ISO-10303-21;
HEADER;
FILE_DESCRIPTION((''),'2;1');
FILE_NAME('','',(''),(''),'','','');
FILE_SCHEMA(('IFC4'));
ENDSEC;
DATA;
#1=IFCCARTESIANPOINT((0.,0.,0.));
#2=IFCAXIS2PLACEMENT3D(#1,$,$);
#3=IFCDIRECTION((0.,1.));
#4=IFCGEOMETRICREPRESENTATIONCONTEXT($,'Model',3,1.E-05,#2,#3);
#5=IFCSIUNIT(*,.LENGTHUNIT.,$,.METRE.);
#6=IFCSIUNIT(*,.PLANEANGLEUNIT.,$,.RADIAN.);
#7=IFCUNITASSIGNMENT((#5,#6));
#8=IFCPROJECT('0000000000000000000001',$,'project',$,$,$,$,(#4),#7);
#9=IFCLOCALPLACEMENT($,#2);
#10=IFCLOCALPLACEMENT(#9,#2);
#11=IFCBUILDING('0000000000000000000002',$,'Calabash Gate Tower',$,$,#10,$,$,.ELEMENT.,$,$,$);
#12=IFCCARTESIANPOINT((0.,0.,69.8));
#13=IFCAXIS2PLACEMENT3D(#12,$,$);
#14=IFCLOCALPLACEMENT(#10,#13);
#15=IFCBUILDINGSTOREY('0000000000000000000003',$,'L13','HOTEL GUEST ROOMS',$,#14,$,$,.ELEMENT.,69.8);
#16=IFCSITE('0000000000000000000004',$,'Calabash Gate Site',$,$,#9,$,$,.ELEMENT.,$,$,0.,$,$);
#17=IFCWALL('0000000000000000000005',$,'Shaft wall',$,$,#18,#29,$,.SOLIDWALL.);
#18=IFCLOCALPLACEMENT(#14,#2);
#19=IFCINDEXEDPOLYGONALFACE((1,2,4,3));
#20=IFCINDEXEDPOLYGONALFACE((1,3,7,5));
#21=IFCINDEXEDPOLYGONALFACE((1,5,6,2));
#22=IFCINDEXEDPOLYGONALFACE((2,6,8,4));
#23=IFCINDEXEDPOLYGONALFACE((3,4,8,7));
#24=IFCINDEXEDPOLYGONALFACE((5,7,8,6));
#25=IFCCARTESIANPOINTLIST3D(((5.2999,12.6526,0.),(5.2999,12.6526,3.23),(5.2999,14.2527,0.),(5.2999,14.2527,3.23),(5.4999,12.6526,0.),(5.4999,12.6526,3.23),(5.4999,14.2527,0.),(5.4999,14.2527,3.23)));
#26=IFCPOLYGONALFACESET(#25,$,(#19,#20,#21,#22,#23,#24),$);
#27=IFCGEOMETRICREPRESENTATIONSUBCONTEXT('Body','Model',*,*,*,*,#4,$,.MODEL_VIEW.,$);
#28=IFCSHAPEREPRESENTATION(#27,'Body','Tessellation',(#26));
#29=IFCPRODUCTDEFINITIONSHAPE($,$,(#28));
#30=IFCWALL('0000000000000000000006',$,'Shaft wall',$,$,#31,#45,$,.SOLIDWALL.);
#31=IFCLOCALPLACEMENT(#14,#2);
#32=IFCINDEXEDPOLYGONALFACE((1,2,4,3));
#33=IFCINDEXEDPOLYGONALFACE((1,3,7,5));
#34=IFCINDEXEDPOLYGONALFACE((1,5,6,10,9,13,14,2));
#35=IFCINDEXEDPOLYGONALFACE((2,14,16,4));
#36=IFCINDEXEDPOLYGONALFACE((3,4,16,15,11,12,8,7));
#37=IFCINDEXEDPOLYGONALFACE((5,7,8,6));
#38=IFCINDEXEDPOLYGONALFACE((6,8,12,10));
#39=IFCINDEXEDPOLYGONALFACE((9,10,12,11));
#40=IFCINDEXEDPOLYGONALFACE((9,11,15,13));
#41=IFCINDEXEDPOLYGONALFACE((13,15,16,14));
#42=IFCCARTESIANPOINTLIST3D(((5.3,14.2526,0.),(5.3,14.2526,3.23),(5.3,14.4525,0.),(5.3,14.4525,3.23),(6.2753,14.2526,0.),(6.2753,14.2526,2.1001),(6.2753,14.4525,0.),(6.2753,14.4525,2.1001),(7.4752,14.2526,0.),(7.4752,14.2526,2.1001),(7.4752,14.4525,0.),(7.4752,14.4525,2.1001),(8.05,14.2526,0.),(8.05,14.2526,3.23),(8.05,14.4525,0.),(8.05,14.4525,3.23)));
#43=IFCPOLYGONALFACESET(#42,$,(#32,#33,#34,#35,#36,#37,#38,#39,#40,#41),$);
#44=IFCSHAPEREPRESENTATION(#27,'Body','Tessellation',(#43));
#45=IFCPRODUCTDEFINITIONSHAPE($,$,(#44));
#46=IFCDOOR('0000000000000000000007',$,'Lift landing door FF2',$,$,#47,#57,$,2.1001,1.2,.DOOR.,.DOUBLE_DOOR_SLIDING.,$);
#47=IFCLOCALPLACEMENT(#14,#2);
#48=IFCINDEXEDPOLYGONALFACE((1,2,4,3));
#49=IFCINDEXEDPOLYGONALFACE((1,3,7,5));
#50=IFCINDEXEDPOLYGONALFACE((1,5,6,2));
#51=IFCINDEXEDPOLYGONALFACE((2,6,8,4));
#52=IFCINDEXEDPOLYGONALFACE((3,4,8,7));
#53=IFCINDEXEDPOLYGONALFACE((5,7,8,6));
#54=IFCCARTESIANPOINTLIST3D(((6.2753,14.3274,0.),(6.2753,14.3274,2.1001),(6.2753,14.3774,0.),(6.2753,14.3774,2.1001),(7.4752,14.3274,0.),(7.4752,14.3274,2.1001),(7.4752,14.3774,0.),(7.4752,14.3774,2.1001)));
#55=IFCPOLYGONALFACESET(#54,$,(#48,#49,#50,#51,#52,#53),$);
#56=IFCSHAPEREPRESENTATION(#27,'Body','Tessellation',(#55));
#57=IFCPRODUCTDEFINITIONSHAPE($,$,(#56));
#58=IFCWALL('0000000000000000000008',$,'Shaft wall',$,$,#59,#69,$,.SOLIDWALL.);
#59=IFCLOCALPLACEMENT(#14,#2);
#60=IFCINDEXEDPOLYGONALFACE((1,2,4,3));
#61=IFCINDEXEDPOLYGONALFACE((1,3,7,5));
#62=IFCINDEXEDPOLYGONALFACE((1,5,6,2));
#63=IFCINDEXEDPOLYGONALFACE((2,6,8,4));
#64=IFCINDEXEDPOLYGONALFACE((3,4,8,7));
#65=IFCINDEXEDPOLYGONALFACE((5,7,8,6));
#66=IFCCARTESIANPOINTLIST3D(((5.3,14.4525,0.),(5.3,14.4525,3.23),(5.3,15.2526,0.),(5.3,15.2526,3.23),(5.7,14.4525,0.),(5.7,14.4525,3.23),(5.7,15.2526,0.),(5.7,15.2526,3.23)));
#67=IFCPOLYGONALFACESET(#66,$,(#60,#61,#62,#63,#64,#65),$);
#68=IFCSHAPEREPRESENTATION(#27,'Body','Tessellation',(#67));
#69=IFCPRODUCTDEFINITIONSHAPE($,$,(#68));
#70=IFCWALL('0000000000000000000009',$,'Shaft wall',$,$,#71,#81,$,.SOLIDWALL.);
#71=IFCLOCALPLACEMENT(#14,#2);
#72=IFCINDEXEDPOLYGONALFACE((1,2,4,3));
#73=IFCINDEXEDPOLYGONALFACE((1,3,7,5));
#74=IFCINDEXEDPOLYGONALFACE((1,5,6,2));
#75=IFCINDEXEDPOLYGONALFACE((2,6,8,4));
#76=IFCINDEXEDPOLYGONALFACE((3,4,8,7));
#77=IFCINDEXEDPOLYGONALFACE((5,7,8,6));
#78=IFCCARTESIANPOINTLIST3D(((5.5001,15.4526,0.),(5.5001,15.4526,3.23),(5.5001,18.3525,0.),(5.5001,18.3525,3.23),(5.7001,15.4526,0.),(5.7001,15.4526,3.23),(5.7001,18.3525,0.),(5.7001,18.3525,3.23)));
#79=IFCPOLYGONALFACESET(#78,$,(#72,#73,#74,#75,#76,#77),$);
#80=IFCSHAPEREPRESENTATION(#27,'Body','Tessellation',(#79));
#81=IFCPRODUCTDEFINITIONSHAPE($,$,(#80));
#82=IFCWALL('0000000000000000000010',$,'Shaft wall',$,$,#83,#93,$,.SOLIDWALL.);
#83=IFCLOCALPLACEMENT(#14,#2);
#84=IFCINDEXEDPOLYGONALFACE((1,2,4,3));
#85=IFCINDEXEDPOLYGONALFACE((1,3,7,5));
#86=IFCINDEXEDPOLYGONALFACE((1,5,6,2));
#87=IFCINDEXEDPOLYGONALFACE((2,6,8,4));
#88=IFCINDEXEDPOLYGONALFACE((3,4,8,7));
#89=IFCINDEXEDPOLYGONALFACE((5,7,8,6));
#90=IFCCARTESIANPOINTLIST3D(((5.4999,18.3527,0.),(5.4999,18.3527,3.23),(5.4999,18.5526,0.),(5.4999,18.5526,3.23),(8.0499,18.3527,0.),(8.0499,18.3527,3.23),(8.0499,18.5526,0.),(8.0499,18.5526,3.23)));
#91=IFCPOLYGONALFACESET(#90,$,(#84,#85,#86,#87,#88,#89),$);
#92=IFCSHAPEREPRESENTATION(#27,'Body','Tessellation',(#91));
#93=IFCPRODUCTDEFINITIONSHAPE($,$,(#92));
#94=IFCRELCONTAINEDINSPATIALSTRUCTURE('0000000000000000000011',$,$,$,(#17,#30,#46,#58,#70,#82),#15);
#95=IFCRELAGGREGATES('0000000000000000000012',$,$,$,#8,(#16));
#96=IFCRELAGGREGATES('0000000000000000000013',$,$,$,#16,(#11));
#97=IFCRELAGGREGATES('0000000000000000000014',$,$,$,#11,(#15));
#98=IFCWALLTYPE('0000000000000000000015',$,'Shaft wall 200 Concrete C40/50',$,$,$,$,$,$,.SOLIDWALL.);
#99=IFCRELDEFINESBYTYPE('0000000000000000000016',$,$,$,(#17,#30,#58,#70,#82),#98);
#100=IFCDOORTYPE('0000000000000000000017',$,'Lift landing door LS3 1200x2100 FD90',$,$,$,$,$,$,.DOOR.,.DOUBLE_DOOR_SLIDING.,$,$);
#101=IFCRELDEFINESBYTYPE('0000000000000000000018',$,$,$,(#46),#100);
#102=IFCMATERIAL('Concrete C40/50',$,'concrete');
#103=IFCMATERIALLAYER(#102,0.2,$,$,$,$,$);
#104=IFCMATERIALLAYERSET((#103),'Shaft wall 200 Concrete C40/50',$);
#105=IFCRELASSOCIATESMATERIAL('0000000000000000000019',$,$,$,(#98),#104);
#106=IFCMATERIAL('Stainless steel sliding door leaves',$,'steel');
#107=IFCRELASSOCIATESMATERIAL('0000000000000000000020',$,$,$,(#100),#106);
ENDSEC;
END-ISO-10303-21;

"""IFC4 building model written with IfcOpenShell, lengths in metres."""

from ifc_helpers import new_model, si_unit, direction, frame, frame_2d, origin, place, context, subcontext, project, spatial, rectangle, extrude, material, layer, layer_set, type_object, element, fill, save


model = new_model("IFC4")

# Units and contexts
model_context = context("Model", 3, precision=1e-05, world=origin(), true_north=direction((0.0, 1.0)))
body_context = subcontext(model_context, "Body", "Model", "MODEL_VIEW")
ifc_project = project(units=[si_unit("LENGTHUNIT", "METRE"), si_unit("PLANEANGLEUNIT", "RADIAN")], contexts=[model_context])

# Site, building, storey
site_placement = place(None, origin())
site = spatial("IfcSite", under=ifc_project, at=site_placement, Name="Calabash Gate Site", CompositionType="ELEMENT", RefElevation=0.0)
building_placement = place(site_placement, origin())
building = spatial("IfcBuilding", under=site, at=building_placement, Name="Calabash Gate Tower", CompositionType="ELEMENT")
storey_placement = place(building_placement, frame((0.0, 0.0, 69.8)))
storey = spatial("IfcBuildingStorey", under=building, at=storey_placement, Name="L13", Description="HOTEL GUEST ROOMS", CompositionType="ELEMENT", Elevation=69.8)

# Shared definitions
ifc_material_1 = material(Name="Concrete C40/50", Category="concrete")
ifc_layer_1 = layer(ifc_material_1, 0.2)
ifc_layer_set_1 = layer_set([ifc_layer_1], Name="Shaft wall 200 Concrete C40/50")
wall_type_1 = type_object("IfcWallType", Name="Shaft wall 200 Concrete C40/50", PredefinedType="SOLIDWALL", material=ifc_layer_set_1)

# Wall
wall_1_placement = place(storey_placement, frame((5.3999, 12.6526, 0.0), z_axis=(0.0, 0.0, 1.0), x_axis=(0.0, 1.0, 0.0)))
element("IfcWall", 1, at=wall_1_placement, inside=storey, type_object=wall_type_1, Name="Shaft wall", PredefinedType="SOLIDWALL", context=body_context, shape_type="SweptSolid", body=[
    extrude(rectangle(XDim=1.6001, YDim=0.2, at=frame_2d((0.8, 0.0))), origin(), (0.0, 0.0, 1.0), 3.23),
])

# Wall, opening, door
wall_2_placement = place(storey_placement, frame((5.3, 14.3525, 0.0), z_axis=(0.0, 0.0, 1.0), x_axis=(1.0, 0.0, 0.0)))
wall_2 = element("IfcWall", 2, at=wall_2_placement, inside=storey, type_object=wall_type_1, Name="Shaft wall", PredefinedType="SOLIDWALL", context=body_context, shape_type="SweptSolid", body=[
    extrude(rectangle(XDim=2.75, YDim=0.2, at=frame_2d((1.375, 0.0))), origin(), (0.0, 0.0, 1.0), 3.23),
])
opening_1_placement = place(wall_2_placement, frame((0.9751, 0.0, 0.0)))
opening_1 = element("IfcOpeningElement", 3, at=opening_1_placement, cuts=wall_2, PredefinedType="OPENING", context=body_context, shape_type="SweptSolid", body=[
    extrude(rectangle(XDim=1.2, YDim=2.1001, at=frame_2d((0.6001, 1.05))), frame((0.0, 0.1099, 0.0), z_axis=(0.0, -1.0, 0.0), x_axis=(1.0, 0.0, 0.0)), (0.0, 0.0, 1.0), 0.22),
])
ifc_material_2 = material(Name="Stainless steel sliding door leaves", Category="steel")
door_type_1 = type_object("IfcDoorType", Name="Lift landing door LS3 1200x2100 FD90", OperationType="DOUBLE_DOOR_SLIDING", PredefinedType="DOOR", material=ifc_material_2)
door_1_placement = place(opening_1_placement, origin())
door_1 = element("IfcDoor", 4, at=door_1_placement, inside=storey, type_object=door_type_1, Name="Lift landing door FF2", OperationType="DOUBLE_DOOR_SLIDING", OverallHeight=2.1001, OverallWidth=1.2, PredefinedType="DOOR", context=body_context, shape_type="SweptSolid", body=[
    extrude(rectangle(XDim=1.2, YDim=2.1001, at=frame_2d((0.6001, 1.05))), frame((0.0, 0.0249, 0.0), z_axis=(0.0, -1.0, 0.0), x_axis=(1.0, 0.0, 0.0)), (0.0, 0.0, 1.0), 0.05),
])
fill(opening_1, door_1)

# Walls
wall_3_placement = place(storey_placement, frame((5.5, 14.4526, 0.0), z_axis=(0.0, 0.0, 1.0), x_axis=(0.0, 1.0, 0.0)))
element("IfcWall", 5, at=wall_3_placement, inside=storey, type_object=wall_type_1, Name="Shaft wall", PredefinedType="SOLIDWALL", context=body_context, shape_type="SweptSolid", body=[
    extrude(rectangle(XDim=0.8, YDim=0.3999, at=frame_2d((0.3999, 0.0))), origin(), (0.0, 0.0, 1.0), 3.23),
])
wall_4_placement = place(storey_placement, frame((5.6001, 15.4526, 0.0), z_axis=(0.0, 0.0, 1.0), x_axis=(0.0, 1.0, 0.0)))
element("IfcWall", 6, at=wall_4_placement, inside=storey, type_object=wall_type_1, Name="Shaft wall", PredefinedType="SOLIDWALL", context=body_context, shape_type="SweptSolid", body=[
    extrude(rectangle(XDim=2.8999, YDim=0.2, at=frame_2d((1.45, 0.0))), origin(), (0.0, 0.0, 1.0), 3.23),
])
wall_5_placement = place(storey_placement, frame((5.5, 18.4526, 0.0), z_axis=(0.0, 0.0, 1.0), x_axis=(1.0, 0.0, 0.0)))
element("IfcWall", 7, at=wall_5_placement, inside=storey, type_object=wall_type_1, Name="Shaft wall", PredefinedType="SOLIDWALL", context=body_context, shape_type="SweptSolid", body=[
    extrude(rectangle(XDim=2.55, YDim=0.2, at=frame_2d((1.2749, 0.0))), origin(), (0.0, 0.0, 1.0), 3.23),
])

save(model, "model.ifc")
